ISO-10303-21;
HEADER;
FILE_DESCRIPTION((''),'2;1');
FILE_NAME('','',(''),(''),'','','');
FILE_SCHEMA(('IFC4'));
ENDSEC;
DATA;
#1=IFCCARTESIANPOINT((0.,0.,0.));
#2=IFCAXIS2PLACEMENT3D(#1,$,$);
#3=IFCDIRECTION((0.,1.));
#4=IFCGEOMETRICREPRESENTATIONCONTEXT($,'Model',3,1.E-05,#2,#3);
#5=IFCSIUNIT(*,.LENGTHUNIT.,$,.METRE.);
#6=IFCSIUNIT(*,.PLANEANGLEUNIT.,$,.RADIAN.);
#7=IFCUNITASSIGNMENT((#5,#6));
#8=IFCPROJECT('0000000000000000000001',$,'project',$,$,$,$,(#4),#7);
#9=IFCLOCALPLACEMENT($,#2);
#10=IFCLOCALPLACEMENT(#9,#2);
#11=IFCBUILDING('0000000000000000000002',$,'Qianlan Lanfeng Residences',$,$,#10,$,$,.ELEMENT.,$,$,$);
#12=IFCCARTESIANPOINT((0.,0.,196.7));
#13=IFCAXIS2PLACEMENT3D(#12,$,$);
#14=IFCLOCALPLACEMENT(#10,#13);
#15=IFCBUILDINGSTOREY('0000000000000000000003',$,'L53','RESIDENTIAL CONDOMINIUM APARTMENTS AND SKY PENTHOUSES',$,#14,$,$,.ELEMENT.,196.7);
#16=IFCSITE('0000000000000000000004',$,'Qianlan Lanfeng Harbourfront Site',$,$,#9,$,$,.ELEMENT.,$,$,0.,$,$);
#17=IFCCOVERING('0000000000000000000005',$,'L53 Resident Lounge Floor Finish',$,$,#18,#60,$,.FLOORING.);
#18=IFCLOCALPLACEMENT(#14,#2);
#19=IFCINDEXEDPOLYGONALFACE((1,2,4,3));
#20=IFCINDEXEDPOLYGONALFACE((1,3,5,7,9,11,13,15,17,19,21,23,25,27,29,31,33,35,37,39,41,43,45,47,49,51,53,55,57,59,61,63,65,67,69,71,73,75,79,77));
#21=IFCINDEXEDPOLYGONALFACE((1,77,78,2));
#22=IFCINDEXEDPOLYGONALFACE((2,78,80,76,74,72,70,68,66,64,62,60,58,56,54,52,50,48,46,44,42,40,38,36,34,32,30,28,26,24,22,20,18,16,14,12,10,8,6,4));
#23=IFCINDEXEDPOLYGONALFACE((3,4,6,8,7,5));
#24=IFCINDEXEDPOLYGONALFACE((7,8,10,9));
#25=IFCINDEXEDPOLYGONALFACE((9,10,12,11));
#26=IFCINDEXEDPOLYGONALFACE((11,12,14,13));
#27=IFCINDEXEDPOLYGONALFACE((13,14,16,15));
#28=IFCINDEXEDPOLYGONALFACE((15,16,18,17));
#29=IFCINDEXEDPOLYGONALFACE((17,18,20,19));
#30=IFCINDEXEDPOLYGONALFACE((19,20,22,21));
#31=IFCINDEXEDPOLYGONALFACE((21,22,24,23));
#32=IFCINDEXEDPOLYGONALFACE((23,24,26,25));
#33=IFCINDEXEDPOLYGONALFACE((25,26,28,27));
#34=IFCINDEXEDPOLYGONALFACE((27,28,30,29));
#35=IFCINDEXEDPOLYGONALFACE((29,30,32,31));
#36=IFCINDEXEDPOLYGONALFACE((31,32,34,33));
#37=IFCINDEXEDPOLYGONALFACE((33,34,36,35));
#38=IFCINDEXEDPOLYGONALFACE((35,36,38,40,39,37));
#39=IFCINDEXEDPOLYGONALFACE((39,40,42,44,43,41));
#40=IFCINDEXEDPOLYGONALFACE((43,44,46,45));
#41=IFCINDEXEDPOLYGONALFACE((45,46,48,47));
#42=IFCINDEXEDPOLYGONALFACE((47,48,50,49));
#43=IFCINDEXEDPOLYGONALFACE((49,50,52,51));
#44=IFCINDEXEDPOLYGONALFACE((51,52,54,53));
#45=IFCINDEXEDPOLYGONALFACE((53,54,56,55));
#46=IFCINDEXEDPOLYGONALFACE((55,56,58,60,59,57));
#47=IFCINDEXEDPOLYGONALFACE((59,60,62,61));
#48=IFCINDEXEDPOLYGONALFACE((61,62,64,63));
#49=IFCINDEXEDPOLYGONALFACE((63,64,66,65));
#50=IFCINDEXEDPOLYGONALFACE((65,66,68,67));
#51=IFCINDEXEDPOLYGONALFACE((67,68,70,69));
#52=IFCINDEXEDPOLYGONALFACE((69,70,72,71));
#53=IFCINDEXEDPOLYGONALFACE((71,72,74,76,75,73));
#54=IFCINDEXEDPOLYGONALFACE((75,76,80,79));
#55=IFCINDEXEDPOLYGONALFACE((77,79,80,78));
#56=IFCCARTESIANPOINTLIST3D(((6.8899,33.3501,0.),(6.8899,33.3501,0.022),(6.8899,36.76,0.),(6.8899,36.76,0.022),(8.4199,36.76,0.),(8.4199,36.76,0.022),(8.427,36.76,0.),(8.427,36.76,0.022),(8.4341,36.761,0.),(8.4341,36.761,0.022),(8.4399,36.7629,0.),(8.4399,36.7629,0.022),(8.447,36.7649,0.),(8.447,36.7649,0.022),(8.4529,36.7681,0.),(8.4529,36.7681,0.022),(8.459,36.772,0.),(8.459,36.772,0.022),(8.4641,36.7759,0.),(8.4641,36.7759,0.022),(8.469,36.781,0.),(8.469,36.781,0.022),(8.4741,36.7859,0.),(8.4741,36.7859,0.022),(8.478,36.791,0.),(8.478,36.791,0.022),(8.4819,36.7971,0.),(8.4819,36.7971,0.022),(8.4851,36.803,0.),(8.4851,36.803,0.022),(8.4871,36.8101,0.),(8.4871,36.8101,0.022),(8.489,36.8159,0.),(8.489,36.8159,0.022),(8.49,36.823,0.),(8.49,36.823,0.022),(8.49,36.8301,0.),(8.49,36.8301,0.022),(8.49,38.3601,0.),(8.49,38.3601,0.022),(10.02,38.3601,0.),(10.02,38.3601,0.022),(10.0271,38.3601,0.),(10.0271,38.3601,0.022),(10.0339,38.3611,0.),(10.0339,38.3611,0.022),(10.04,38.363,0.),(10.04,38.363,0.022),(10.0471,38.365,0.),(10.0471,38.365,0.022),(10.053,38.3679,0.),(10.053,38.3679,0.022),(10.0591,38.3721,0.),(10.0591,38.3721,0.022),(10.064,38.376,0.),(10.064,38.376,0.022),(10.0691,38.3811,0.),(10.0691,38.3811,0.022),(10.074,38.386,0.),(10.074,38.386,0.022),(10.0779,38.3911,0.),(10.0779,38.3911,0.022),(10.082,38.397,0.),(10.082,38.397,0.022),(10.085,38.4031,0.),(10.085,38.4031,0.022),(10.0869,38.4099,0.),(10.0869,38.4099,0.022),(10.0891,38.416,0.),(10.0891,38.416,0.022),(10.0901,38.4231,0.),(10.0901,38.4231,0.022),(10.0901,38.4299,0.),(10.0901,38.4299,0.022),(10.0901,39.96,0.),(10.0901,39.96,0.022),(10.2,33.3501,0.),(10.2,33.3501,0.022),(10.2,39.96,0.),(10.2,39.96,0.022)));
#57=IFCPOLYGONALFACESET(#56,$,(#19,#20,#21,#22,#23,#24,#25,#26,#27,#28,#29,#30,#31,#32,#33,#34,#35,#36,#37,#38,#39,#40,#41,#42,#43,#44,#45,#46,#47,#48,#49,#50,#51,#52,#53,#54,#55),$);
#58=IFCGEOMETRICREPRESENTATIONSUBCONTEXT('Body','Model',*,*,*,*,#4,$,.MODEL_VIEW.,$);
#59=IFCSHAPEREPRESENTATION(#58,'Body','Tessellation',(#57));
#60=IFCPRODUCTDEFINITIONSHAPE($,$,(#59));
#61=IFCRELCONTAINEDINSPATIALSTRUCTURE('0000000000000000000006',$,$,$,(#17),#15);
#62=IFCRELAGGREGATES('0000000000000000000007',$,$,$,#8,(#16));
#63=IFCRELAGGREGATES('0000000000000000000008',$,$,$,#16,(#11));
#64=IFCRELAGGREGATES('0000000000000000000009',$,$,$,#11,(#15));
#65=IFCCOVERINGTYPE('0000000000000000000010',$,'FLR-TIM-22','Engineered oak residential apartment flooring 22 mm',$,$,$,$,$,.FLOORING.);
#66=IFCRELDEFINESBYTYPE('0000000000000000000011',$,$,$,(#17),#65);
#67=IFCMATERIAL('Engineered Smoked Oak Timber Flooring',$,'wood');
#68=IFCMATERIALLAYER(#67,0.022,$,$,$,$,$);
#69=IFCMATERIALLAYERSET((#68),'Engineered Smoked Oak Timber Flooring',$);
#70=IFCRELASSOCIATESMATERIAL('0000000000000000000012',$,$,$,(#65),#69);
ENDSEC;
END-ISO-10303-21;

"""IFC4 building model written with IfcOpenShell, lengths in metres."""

from ifc_helpers import new_model, si_unit, direction, frame, origin, place, context, subcontext, project, spatial, polyline, outline, extrude, material, layer, layer_set, type_object, element, save


model = new_model("IFC4")

# Units and contexts
model_context = context("Model", 3, precision=1e-05, world=origin(), true_north=direction((0.0, 1.0)))
body_context = subcontext(model_context, "Body", "Model", "MODEL_VIEW")
ifc_project = project(units=[si_unit("LENGTHUNIT", "METRE"), si_unit("PLANEANGLEUNIT", "RADIAN")], contexts=[model_context])

# Site, building, storey
site_placement = place(None, origin())
site = spatial("IfcSite", under=ifc_project, at=site_placement, Name="Qianlan Lanfeng Harbourfront Site", CompositionType="ELEMENT", RefElevation=0.0)
building_placement = place(site_placement, origin())
building = spatial("IfcBuilding", under=site, at=building_placement, Name="Qianlan Lanfeng Residences", CompositionType="ELEMENT")
storey_placement = place(building_placement, frame((0.0, 0.0, 196.7)))
storey = spatial("IfcBuildingStorey", under=building, at=storey_placement, Name="L53", Description="RESIDENTIAL CONDOMINIUM APARTMENTS AND SKY PENTHOUSES", CompositionType="ELEMENT", Elevation=196.7)

# Covering
ifc_material_1 = material(Name="Engineered Smoked Oak Timber Flooring", Category="wood")
ifc_layer_1 = layer(ifc_material_1, 0.022)
ifc_layer_set_1 = layer_set([ifc_layer_1], Name="Engineered Smoked Oak Timber Flooring")
covering_type = type_object("IfcCoveringType", Name="FLR-TIM-22", Description="Engineered oak residential apartment flooring 22 mm", PredefinedType="FLOORING", material=ifc_layer_set_1)
covering_1_placement = place(storey_placement, origin())
element("IfcCovering", 1, at=covering_1_placement, inside=storey, type_object=covering_type, Name="L53 Resident Lounge Floor Finish", PredefinedType="FLOORING", context=body_context, shape_type="SweptSolid", body=[
    extrude(outline(polyline([(6.8899, 33.3501), (10.2, 33.3501), (10.2, 39.96), (10.0901, 39.96), (10.0901, 38.4299), (10.0901, 38.4231), (10.0891, 38.416), (10.0869, 38.4099), (10.085, 38.4031), (10.082, 38.397), (10.0779, 38.3911), (10.074, 38.386), (10.0691, 38.3811), (10.064, 38.376), (10.0591, 38.3721), (10.053, 38.3679), (10.0471, 38.365), (10.04, 38.363), (10.0339, 38.3611), (10.0271, 38.3601), (10.02, 38.3601), (8.49, 38.3601), (8.49, 36.8301), (8.49, 36.823), (8.489, 36.8159), (8.4871, 36.8101), (8.4851, 36.803), (8.4819, 36.7971), (8.478, 36.791), (8.4741, 36.7859), (8.469, 36.781), (8.4641, 36.7759), (8.459, 36.772), (8.4529, 36.7681), (8.447, 36.7649), (8.4399, 36.7629), (8.4341, 36.761), (8.427, 36.76), (8.4199, 36.76), (6.8899, 36.76), (6.8899, 33.3501)])), origin(), (0.0, 0.0, 1.0), 0.022),
])

save(model, "model.ifc")
